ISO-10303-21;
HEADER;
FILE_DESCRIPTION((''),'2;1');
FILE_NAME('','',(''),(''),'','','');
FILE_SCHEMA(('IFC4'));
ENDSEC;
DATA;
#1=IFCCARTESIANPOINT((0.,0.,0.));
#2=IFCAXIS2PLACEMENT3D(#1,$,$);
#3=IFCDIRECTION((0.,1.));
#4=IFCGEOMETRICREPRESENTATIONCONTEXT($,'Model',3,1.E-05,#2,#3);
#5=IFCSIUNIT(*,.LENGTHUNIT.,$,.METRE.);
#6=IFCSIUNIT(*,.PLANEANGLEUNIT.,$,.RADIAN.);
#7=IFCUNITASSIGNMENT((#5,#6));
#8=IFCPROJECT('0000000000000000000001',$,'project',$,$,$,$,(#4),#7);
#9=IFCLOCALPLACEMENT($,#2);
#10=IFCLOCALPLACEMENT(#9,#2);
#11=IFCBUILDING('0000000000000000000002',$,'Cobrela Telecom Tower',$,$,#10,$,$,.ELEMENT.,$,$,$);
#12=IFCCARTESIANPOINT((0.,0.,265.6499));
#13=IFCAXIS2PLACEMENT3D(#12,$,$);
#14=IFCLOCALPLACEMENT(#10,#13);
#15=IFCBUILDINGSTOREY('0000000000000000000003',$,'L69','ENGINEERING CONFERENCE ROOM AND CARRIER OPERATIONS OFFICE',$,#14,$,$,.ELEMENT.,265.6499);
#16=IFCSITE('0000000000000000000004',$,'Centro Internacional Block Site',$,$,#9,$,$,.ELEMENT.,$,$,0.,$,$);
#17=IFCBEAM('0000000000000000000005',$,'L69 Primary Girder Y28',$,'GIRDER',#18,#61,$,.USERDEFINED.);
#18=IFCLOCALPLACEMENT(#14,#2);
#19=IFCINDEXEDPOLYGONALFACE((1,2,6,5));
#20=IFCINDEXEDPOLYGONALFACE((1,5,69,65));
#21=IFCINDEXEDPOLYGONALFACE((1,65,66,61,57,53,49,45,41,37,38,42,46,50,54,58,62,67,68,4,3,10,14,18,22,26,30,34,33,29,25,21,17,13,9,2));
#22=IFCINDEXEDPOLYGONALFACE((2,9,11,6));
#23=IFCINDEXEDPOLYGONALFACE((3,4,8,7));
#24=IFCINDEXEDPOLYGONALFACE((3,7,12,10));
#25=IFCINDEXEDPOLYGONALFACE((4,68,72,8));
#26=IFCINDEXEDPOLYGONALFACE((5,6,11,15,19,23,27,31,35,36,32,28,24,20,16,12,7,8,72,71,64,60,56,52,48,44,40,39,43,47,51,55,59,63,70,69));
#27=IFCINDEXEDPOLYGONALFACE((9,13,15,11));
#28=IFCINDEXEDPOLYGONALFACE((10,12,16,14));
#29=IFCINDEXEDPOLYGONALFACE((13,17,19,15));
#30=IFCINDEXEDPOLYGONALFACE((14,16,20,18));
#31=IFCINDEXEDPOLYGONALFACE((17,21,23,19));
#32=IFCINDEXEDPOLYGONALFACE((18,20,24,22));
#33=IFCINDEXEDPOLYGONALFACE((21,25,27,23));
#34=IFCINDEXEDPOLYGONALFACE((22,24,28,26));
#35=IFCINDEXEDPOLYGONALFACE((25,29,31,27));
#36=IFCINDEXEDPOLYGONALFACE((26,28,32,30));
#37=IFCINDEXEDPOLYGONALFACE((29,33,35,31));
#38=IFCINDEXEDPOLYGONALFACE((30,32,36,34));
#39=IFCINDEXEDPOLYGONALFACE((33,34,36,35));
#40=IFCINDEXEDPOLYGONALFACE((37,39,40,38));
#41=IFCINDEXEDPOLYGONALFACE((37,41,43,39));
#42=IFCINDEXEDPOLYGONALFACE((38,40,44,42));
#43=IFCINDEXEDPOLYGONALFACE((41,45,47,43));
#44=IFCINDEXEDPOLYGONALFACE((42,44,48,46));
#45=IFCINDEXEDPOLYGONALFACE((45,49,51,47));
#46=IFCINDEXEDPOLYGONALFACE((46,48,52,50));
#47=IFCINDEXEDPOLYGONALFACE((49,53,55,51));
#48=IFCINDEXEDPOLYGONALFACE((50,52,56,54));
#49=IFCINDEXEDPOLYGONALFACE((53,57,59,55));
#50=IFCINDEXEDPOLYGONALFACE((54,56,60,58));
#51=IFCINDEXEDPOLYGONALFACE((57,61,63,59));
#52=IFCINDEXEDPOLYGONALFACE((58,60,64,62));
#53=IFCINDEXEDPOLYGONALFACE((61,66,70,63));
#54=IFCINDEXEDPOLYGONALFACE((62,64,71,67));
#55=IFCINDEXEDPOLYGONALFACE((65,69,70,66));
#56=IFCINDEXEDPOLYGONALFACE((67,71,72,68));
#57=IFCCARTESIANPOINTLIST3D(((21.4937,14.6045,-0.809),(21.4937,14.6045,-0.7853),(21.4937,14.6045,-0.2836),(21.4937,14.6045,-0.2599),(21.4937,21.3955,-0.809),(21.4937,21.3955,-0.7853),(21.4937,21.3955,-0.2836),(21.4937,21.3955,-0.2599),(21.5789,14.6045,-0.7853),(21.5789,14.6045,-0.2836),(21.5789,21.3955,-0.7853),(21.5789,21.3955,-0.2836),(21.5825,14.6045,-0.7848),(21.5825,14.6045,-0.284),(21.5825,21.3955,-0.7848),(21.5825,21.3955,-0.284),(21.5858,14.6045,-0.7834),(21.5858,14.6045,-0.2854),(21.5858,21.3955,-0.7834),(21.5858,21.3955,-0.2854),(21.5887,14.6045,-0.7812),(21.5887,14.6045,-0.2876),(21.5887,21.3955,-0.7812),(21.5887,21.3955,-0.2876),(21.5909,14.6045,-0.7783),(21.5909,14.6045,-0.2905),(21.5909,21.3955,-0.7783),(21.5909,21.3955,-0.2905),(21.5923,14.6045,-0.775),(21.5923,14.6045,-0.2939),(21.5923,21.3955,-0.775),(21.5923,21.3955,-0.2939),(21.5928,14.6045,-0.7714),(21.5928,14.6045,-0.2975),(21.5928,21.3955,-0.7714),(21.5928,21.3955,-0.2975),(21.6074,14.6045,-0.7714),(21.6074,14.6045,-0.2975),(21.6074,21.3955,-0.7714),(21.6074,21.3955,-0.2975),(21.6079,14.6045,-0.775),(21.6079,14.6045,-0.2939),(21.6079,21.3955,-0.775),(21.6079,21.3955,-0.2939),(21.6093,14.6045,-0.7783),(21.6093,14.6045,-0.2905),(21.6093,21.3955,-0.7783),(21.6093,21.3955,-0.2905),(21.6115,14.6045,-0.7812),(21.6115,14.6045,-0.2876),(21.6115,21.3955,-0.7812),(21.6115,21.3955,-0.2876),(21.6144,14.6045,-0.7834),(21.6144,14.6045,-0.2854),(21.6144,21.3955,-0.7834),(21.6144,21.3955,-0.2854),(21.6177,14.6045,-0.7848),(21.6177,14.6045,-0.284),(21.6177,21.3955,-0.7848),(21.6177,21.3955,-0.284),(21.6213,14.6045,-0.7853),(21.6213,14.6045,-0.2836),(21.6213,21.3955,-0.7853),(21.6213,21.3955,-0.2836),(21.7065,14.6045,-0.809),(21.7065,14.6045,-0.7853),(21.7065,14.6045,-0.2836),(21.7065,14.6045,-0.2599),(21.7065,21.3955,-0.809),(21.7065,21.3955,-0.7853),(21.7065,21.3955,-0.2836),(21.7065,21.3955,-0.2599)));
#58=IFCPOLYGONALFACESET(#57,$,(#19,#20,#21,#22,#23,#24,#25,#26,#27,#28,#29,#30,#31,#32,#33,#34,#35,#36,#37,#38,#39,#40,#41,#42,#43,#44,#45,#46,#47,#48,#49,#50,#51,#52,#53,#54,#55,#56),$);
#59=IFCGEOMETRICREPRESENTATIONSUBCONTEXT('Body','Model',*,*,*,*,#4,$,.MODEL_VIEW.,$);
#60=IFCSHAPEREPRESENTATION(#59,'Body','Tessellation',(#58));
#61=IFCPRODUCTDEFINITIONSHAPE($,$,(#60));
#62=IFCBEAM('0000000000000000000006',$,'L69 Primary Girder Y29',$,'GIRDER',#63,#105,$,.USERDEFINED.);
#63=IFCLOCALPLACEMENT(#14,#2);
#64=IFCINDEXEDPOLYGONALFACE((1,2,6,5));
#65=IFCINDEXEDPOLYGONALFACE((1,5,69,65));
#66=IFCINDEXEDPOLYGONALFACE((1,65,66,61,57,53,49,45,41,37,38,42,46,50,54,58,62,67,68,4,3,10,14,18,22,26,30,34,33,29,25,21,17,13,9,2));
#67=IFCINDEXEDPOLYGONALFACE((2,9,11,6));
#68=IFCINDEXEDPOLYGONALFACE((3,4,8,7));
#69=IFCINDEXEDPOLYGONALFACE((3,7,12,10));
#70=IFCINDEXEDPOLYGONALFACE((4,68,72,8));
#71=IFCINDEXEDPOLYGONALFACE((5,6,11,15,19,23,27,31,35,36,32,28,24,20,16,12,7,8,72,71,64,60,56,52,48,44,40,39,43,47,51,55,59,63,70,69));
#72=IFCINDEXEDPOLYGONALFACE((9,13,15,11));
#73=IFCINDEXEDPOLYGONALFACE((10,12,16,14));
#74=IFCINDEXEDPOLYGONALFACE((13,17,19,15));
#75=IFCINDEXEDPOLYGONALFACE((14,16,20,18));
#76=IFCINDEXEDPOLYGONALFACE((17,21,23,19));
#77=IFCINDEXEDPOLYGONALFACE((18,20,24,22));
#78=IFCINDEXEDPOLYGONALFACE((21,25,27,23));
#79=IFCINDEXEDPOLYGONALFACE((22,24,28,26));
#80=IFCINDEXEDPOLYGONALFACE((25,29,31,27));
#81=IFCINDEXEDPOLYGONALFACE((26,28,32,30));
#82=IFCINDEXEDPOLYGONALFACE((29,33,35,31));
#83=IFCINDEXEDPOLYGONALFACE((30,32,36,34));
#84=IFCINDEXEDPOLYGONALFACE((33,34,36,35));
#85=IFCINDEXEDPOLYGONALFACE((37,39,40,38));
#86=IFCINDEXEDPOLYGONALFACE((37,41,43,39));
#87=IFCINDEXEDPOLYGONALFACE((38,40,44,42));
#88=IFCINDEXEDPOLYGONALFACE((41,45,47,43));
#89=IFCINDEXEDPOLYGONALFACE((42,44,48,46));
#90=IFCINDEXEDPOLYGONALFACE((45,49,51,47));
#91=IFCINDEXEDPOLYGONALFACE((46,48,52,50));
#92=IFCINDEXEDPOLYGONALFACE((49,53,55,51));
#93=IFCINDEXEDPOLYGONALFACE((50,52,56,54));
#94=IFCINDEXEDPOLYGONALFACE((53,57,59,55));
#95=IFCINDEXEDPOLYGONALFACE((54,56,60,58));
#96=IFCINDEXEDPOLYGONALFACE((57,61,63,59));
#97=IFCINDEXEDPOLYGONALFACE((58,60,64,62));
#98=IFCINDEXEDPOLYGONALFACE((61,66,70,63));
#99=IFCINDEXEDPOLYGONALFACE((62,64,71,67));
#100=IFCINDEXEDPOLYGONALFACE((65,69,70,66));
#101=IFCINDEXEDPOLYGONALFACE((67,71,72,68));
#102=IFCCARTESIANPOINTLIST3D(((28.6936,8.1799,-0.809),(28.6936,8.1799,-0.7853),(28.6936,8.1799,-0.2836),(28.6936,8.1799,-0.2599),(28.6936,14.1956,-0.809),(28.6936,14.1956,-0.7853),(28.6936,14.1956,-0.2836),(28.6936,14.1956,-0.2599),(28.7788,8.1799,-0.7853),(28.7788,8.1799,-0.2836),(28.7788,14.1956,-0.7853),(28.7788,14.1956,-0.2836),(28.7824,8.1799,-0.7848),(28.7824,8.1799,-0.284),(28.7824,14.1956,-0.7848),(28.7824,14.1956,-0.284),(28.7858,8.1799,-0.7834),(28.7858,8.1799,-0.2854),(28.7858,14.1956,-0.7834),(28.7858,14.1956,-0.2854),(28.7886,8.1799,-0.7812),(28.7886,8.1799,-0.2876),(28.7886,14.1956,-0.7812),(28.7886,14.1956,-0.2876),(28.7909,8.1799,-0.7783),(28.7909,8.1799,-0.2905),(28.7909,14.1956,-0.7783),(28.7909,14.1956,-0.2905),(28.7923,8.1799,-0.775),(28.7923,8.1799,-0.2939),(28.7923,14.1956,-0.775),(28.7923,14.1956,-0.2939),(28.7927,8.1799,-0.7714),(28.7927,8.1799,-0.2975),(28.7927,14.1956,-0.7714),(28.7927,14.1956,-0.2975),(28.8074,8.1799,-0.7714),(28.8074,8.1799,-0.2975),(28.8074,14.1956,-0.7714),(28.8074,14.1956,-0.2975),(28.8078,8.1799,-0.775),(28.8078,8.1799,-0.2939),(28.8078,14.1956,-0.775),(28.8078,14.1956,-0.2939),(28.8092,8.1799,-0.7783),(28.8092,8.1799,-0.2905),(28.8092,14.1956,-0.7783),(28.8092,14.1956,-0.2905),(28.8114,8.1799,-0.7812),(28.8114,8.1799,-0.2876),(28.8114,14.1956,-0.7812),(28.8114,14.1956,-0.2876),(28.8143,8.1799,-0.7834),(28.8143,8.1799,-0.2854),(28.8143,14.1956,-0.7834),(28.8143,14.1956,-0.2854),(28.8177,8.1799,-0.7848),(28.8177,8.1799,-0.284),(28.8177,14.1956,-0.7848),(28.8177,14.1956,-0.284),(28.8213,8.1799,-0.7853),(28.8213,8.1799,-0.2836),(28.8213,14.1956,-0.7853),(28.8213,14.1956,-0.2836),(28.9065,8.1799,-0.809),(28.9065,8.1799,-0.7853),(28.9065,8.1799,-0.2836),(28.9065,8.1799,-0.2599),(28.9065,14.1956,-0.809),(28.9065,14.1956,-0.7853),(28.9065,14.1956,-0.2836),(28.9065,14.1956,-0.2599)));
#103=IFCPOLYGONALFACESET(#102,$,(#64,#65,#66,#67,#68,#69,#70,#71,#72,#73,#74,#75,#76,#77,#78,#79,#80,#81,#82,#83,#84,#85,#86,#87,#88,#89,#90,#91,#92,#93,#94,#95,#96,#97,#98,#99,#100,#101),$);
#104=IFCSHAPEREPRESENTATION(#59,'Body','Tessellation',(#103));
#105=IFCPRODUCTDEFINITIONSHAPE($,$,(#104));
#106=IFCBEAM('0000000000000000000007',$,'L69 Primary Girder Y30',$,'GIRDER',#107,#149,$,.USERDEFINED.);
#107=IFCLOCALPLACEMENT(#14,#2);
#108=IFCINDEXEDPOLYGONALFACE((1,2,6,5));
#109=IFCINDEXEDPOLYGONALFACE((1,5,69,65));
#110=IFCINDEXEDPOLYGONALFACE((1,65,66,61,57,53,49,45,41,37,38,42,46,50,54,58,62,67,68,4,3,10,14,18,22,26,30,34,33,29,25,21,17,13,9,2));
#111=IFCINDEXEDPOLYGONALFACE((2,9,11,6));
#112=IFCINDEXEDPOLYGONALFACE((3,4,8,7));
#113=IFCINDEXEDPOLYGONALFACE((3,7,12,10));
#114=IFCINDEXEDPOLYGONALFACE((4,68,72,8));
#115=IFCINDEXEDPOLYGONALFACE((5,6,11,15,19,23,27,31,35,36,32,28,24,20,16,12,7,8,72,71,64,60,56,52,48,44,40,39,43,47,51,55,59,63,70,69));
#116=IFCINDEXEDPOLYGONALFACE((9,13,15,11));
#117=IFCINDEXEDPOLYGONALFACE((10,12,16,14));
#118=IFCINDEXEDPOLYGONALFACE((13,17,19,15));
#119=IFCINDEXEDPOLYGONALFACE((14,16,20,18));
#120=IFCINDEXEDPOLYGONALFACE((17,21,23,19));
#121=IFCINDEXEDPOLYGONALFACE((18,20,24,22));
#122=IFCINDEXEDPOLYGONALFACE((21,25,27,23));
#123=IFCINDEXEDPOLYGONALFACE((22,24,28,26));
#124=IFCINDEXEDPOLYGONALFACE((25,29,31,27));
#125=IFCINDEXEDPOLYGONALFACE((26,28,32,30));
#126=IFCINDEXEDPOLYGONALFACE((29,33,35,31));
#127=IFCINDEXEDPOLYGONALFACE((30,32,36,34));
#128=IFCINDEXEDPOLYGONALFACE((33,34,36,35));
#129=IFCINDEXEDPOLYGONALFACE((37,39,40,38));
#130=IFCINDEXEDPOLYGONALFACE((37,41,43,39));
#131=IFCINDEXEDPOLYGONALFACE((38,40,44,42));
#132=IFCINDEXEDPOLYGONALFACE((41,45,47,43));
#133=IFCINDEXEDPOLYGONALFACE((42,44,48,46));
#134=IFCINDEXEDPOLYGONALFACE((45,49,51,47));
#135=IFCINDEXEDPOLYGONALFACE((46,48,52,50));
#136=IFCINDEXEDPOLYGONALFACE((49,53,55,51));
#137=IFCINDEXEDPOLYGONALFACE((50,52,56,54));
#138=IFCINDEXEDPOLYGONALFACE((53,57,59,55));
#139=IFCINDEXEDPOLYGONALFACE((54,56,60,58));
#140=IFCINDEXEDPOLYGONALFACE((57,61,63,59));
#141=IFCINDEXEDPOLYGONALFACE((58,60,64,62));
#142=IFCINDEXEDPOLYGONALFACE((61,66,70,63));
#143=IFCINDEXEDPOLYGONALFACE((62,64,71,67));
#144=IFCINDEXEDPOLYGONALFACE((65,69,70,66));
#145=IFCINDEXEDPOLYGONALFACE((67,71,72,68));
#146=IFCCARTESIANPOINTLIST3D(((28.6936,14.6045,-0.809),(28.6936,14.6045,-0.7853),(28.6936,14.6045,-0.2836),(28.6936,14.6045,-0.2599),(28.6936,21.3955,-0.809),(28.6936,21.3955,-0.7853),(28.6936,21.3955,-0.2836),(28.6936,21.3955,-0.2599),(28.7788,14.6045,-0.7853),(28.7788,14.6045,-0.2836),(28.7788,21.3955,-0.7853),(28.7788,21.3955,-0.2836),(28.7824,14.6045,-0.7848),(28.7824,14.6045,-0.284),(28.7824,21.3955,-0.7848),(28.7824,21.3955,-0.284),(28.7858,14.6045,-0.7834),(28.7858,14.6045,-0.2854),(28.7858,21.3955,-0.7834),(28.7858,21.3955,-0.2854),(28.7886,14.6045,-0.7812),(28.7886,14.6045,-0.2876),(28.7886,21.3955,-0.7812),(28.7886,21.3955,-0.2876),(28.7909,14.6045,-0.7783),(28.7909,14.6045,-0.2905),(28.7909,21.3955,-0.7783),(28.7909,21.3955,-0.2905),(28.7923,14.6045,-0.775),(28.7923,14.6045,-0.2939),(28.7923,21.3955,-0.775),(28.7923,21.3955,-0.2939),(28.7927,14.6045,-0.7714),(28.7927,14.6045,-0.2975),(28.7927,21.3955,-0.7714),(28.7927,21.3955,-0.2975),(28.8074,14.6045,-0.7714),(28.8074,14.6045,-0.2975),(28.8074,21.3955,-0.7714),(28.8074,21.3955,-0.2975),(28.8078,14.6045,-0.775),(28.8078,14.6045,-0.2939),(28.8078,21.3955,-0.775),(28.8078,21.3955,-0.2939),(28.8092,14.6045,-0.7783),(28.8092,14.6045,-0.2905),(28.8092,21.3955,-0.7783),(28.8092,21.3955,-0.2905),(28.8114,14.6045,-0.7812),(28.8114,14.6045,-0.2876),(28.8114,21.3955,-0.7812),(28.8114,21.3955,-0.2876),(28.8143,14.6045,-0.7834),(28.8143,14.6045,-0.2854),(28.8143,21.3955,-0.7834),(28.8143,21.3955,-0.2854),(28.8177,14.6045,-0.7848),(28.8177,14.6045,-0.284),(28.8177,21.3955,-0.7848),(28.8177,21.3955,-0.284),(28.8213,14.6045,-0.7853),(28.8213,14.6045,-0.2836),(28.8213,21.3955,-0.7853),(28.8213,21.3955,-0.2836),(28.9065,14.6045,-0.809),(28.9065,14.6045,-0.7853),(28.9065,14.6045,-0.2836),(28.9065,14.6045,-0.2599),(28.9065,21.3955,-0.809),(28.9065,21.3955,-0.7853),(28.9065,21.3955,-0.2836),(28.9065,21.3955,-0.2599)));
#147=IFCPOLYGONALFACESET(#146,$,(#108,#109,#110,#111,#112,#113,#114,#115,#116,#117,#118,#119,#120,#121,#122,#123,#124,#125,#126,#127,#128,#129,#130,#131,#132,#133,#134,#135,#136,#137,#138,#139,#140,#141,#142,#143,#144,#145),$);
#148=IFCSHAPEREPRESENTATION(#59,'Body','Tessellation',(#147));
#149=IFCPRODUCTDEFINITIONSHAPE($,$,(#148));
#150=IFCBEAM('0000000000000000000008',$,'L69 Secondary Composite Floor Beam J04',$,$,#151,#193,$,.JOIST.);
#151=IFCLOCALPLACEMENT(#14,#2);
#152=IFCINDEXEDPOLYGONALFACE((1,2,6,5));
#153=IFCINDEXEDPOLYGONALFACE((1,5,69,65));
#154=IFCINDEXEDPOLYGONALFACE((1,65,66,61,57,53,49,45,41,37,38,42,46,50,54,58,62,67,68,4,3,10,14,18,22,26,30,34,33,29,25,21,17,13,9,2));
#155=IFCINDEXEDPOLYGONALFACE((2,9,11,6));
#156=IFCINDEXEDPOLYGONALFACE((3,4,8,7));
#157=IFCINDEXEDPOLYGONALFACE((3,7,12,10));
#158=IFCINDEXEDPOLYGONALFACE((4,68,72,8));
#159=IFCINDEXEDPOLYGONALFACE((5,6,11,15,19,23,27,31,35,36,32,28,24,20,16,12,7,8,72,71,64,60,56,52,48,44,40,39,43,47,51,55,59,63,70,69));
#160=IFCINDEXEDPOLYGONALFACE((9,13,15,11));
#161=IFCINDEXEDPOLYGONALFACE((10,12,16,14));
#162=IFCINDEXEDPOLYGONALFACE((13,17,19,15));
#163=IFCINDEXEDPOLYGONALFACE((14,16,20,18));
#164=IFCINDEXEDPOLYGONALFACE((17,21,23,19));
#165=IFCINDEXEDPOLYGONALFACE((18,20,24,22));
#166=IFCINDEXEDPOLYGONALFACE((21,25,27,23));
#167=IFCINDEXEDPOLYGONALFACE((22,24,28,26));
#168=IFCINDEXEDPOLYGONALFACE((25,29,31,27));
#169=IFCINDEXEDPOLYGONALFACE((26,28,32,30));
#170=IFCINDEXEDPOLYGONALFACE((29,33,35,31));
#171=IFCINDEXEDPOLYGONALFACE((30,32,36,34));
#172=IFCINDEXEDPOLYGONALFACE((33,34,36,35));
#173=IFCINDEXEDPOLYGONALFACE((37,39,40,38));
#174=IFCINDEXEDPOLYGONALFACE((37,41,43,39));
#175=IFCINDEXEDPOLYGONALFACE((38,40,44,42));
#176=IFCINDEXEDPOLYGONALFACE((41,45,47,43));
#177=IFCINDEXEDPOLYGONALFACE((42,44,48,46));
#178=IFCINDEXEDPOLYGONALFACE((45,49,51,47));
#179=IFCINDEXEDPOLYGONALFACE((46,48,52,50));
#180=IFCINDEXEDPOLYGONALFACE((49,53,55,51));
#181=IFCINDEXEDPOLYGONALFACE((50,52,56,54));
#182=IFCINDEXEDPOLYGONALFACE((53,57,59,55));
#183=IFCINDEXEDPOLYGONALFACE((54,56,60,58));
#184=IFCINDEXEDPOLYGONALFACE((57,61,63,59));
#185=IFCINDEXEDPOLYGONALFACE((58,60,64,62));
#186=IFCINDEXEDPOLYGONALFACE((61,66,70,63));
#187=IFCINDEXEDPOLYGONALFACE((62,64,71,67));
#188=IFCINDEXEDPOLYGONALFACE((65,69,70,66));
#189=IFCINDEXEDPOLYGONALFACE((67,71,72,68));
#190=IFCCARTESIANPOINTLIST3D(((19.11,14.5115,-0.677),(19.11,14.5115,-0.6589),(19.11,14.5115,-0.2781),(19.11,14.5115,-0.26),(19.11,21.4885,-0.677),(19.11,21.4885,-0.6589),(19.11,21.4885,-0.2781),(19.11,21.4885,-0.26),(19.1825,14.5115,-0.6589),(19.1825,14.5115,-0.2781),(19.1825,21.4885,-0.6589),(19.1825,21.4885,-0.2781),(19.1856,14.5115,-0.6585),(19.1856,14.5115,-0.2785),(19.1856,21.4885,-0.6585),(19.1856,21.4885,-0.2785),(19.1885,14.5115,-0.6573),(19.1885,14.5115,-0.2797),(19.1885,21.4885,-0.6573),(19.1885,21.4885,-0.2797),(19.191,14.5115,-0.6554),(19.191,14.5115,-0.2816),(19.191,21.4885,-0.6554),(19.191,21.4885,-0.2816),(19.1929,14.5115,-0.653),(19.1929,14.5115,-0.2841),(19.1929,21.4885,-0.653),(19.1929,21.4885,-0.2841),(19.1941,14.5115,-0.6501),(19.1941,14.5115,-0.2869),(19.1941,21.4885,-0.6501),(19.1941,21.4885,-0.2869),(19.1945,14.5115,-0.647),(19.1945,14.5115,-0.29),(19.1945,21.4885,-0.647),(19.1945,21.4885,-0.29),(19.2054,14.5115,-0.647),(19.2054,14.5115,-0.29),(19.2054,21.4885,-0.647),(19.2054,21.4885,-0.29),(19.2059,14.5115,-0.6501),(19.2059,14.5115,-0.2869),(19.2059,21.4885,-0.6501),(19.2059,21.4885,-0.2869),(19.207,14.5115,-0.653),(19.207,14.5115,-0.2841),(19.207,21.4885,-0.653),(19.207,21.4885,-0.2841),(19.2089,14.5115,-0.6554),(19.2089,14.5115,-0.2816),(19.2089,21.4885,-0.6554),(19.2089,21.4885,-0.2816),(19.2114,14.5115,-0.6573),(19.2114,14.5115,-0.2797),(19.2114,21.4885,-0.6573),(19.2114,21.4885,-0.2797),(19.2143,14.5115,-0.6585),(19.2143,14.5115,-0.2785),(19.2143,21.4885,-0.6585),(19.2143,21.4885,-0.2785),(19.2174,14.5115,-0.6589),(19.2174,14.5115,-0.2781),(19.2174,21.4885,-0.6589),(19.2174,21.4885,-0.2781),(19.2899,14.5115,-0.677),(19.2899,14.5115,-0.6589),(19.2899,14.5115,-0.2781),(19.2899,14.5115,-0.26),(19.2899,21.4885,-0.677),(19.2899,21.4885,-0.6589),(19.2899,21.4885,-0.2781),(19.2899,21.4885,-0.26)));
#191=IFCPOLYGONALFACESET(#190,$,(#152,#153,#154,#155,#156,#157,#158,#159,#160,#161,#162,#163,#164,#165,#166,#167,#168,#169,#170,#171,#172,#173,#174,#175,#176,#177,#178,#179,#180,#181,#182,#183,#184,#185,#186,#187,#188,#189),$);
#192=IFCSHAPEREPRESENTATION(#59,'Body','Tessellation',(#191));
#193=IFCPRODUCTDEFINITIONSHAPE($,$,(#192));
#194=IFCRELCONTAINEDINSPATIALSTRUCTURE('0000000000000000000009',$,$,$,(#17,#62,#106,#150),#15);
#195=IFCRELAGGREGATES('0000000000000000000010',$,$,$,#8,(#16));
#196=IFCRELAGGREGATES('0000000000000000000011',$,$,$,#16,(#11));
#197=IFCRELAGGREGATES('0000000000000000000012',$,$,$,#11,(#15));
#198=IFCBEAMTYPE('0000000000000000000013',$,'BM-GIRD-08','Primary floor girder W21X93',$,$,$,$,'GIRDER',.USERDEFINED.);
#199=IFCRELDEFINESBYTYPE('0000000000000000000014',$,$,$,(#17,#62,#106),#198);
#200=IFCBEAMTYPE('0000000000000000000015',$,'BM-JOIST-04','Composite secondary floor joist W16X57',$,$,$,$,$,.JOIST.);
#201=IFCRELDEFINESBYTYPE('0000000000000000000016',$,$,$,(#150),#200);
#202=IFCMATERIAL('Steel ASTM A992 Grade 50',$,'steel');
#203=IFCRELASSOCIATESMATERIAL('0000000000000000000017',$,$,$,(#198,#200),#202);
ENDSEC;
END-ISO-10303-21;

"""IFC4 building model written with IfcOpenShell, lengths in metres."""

from ifc_helpers import new_model, si_unit, direction, frame, origin, origin_2d, place, context, subcontext, project, spatial, i_section, extrude, material, material_profile, profile_set, type_object, element, save


model = new_model("IFC4")

# Units and contexts
model_context = context("Model", 3, precision=1e-05, world=origin(), true_north=direction((0.0, 1.0)))
body_context = subcontext(model_context, "Body", "Model", "MODEL_VIEW")
ifc_project = project(units=[si_unit("LENGTHUNIT", "METRE"), si_unit("PLANEANGLEUNIT", "RADIAN")], contexts=[model_context])

# Site, building, storey
site_placement = place(None, origin())
site = spatial("IfcSite", under=ifc_project, at=site_placement, Name="Centro Internacional Block Site", CompositionType="ELEMENT", RefElevation=0.0)
building_placement = place(site_placement, origin())
building = spatial("IfcBuilding", under=site, at=building_placement, Name="Cobrela Telecom Tower", CompositionType="ELEMENT")
storey_placement = place(building_placement, frame((0.0, 0.0, 265.6499)))
storey = spatial("IfcBuildingStorey", under=building, at=storey_placement, Name="L69", Description="ENGINEERING CONFERENCE ROOM AND CARRIER OPERATIONS OFFICE", CompositionType="ELEMENT", Elevation=265.6499)

# Shared definitions
ifc_material_1 = material(Name="Steel ASTM A992 Grade 50", Category="steel")

# Beams
ifc_material_profile_1 = material_profile(ifc_material_1, i_section(OverallWidth=0.2129, OverallDepth=0.5491, WebThickness=0.0146, FlangeThickness=0.0237, FilletRadius=0.0139, at=origin_2d()), Name="W21X93")
ifc_profile_set_1 = profile_set([ifc_material_profile_1], Name="Steel ASTM A992 Grade 50")
beam_type_1 = type_object("IfcBeamType", Name="BM-GIRD-08", Description="Primary floor girder W21X93", ElementType="GIRDER", PredefinedType="USERDEFINED", material=ifc_profile_set_1)
beam_1_placement = place(storey_placement, frame((21.6001, 14.6045, -0.5344), z_axis=(0.0, 1.0, 0.0), x_axis=(-1.0, 0.0, 0.0)))
element("IfcBeam", 1, at=beam_1_placement, inside=storey, type_object=beam_type_1, Name="L69 Primary Girder Y28", ObjectType="GIRDER", PredefinedType="USERDEFINED", context=body_context, shape_type="SweptSolid", body=[
    extrude(i_section(OverallWidth=0.2129, OverallDepth=0.5491, WebThickness=0.0146, FlangeThickness=0.0237, FilletRadius=0.0139, at=origin_2d()), origin(), (0.0, 0.0, 1.0), 6.791),
])
beam_2_placement = place(storey_placement, frame((28.8, 8.1799, -0.5344), z_axis=(0.0, 1.0, 0.0), x_axis=(-1.0, 0.0, 0.0)))
element("IfcBeam", 2, at=beam_2_placement, inside=storey, type_object=beam_type_1, Name="L69 Primary Girder Y29", ObjectType="GIRDER", PredefinedType="USERDEFINED", context=body_context, shape_type="SweptSolid", body=[
    extrude(i_section(OverallWidth=0.2129, OverallDepth=0.5491, WebThickness=0.0146, FlangeThickness=0.0237, FilletRadius=0.0139, at=origin_2d()), origin(), (0.0, 0.0, 1.0), 6.0156),
])
beam_3_placement = place(storey_placement, frame((28.8, 14.6045, -0.5344), z_axis=(0.0, 1.0, 0.0), x_axis=(-1.0, 0.0, 0.0)))
element("IfcBeam", 3, at=beam_3_placement, inside=storey, type_object=beam_type_1, Name="L69 Primary Girder Y30", ObjectType="GIRDER", PredefinedType="USERDEFINED", context=body_context, shape_type="SweptSolid", body=[
    extrude(i_section(OverallWidth=0.2129, OverallDepth=0.5491, WebThickness=0.0146, FlangeThickness=0.0237, FilletRadius=0.0139, at=origin_2d()), origin(), (0.0, 0.0, 1.0), 6.791),
])
ifc_material_profile_2 = material_profile(ifc_material_1, i_section(OverallWidth=0.1799, OverallDepth=0.417, WebThickness=0.011, FlangeThickness=0.0181, FilletRadius=0.012, at=origin_2d()), Name="W16X57")
ifc_profile_set_2 = profile_set([ifc_material_profile_2], Name="Steel ASTM A992 Grade 50")
beam_type_2 = type_object("IfcBeamType", Name="BM-JOIST-04", Description="Composite secondary floor joist W16X57", PredefinedType="JOIST", material=ifc_profile_set_2)
beam_4_placement = place(storey_placement, frame((19.2, 14.5115, -0.4685), z_axis=(0.0, 1.0, 0.0), x_axis=(-1.0, 0.0, 0.0)))
element("IfcBeam", 4, at=beam_4_placement, inside=storey, type_object=beam_type_2, Name="L69 Secondary Composite Floor Beam J04", PredefinedType="JOIST", context=body_context, shape_type="SweptSolid", body=[
    extrude(i_section(OverallWidth=0.1799, OverallDepth=0.417, WebThickness=0.011, FlangeThickness=0.0181, FilletRadius=0.012, at=origin_2d()), origin(), (0.0, 0.0, 1.0), 6.9771),
])

save(model, "model.ifc")
